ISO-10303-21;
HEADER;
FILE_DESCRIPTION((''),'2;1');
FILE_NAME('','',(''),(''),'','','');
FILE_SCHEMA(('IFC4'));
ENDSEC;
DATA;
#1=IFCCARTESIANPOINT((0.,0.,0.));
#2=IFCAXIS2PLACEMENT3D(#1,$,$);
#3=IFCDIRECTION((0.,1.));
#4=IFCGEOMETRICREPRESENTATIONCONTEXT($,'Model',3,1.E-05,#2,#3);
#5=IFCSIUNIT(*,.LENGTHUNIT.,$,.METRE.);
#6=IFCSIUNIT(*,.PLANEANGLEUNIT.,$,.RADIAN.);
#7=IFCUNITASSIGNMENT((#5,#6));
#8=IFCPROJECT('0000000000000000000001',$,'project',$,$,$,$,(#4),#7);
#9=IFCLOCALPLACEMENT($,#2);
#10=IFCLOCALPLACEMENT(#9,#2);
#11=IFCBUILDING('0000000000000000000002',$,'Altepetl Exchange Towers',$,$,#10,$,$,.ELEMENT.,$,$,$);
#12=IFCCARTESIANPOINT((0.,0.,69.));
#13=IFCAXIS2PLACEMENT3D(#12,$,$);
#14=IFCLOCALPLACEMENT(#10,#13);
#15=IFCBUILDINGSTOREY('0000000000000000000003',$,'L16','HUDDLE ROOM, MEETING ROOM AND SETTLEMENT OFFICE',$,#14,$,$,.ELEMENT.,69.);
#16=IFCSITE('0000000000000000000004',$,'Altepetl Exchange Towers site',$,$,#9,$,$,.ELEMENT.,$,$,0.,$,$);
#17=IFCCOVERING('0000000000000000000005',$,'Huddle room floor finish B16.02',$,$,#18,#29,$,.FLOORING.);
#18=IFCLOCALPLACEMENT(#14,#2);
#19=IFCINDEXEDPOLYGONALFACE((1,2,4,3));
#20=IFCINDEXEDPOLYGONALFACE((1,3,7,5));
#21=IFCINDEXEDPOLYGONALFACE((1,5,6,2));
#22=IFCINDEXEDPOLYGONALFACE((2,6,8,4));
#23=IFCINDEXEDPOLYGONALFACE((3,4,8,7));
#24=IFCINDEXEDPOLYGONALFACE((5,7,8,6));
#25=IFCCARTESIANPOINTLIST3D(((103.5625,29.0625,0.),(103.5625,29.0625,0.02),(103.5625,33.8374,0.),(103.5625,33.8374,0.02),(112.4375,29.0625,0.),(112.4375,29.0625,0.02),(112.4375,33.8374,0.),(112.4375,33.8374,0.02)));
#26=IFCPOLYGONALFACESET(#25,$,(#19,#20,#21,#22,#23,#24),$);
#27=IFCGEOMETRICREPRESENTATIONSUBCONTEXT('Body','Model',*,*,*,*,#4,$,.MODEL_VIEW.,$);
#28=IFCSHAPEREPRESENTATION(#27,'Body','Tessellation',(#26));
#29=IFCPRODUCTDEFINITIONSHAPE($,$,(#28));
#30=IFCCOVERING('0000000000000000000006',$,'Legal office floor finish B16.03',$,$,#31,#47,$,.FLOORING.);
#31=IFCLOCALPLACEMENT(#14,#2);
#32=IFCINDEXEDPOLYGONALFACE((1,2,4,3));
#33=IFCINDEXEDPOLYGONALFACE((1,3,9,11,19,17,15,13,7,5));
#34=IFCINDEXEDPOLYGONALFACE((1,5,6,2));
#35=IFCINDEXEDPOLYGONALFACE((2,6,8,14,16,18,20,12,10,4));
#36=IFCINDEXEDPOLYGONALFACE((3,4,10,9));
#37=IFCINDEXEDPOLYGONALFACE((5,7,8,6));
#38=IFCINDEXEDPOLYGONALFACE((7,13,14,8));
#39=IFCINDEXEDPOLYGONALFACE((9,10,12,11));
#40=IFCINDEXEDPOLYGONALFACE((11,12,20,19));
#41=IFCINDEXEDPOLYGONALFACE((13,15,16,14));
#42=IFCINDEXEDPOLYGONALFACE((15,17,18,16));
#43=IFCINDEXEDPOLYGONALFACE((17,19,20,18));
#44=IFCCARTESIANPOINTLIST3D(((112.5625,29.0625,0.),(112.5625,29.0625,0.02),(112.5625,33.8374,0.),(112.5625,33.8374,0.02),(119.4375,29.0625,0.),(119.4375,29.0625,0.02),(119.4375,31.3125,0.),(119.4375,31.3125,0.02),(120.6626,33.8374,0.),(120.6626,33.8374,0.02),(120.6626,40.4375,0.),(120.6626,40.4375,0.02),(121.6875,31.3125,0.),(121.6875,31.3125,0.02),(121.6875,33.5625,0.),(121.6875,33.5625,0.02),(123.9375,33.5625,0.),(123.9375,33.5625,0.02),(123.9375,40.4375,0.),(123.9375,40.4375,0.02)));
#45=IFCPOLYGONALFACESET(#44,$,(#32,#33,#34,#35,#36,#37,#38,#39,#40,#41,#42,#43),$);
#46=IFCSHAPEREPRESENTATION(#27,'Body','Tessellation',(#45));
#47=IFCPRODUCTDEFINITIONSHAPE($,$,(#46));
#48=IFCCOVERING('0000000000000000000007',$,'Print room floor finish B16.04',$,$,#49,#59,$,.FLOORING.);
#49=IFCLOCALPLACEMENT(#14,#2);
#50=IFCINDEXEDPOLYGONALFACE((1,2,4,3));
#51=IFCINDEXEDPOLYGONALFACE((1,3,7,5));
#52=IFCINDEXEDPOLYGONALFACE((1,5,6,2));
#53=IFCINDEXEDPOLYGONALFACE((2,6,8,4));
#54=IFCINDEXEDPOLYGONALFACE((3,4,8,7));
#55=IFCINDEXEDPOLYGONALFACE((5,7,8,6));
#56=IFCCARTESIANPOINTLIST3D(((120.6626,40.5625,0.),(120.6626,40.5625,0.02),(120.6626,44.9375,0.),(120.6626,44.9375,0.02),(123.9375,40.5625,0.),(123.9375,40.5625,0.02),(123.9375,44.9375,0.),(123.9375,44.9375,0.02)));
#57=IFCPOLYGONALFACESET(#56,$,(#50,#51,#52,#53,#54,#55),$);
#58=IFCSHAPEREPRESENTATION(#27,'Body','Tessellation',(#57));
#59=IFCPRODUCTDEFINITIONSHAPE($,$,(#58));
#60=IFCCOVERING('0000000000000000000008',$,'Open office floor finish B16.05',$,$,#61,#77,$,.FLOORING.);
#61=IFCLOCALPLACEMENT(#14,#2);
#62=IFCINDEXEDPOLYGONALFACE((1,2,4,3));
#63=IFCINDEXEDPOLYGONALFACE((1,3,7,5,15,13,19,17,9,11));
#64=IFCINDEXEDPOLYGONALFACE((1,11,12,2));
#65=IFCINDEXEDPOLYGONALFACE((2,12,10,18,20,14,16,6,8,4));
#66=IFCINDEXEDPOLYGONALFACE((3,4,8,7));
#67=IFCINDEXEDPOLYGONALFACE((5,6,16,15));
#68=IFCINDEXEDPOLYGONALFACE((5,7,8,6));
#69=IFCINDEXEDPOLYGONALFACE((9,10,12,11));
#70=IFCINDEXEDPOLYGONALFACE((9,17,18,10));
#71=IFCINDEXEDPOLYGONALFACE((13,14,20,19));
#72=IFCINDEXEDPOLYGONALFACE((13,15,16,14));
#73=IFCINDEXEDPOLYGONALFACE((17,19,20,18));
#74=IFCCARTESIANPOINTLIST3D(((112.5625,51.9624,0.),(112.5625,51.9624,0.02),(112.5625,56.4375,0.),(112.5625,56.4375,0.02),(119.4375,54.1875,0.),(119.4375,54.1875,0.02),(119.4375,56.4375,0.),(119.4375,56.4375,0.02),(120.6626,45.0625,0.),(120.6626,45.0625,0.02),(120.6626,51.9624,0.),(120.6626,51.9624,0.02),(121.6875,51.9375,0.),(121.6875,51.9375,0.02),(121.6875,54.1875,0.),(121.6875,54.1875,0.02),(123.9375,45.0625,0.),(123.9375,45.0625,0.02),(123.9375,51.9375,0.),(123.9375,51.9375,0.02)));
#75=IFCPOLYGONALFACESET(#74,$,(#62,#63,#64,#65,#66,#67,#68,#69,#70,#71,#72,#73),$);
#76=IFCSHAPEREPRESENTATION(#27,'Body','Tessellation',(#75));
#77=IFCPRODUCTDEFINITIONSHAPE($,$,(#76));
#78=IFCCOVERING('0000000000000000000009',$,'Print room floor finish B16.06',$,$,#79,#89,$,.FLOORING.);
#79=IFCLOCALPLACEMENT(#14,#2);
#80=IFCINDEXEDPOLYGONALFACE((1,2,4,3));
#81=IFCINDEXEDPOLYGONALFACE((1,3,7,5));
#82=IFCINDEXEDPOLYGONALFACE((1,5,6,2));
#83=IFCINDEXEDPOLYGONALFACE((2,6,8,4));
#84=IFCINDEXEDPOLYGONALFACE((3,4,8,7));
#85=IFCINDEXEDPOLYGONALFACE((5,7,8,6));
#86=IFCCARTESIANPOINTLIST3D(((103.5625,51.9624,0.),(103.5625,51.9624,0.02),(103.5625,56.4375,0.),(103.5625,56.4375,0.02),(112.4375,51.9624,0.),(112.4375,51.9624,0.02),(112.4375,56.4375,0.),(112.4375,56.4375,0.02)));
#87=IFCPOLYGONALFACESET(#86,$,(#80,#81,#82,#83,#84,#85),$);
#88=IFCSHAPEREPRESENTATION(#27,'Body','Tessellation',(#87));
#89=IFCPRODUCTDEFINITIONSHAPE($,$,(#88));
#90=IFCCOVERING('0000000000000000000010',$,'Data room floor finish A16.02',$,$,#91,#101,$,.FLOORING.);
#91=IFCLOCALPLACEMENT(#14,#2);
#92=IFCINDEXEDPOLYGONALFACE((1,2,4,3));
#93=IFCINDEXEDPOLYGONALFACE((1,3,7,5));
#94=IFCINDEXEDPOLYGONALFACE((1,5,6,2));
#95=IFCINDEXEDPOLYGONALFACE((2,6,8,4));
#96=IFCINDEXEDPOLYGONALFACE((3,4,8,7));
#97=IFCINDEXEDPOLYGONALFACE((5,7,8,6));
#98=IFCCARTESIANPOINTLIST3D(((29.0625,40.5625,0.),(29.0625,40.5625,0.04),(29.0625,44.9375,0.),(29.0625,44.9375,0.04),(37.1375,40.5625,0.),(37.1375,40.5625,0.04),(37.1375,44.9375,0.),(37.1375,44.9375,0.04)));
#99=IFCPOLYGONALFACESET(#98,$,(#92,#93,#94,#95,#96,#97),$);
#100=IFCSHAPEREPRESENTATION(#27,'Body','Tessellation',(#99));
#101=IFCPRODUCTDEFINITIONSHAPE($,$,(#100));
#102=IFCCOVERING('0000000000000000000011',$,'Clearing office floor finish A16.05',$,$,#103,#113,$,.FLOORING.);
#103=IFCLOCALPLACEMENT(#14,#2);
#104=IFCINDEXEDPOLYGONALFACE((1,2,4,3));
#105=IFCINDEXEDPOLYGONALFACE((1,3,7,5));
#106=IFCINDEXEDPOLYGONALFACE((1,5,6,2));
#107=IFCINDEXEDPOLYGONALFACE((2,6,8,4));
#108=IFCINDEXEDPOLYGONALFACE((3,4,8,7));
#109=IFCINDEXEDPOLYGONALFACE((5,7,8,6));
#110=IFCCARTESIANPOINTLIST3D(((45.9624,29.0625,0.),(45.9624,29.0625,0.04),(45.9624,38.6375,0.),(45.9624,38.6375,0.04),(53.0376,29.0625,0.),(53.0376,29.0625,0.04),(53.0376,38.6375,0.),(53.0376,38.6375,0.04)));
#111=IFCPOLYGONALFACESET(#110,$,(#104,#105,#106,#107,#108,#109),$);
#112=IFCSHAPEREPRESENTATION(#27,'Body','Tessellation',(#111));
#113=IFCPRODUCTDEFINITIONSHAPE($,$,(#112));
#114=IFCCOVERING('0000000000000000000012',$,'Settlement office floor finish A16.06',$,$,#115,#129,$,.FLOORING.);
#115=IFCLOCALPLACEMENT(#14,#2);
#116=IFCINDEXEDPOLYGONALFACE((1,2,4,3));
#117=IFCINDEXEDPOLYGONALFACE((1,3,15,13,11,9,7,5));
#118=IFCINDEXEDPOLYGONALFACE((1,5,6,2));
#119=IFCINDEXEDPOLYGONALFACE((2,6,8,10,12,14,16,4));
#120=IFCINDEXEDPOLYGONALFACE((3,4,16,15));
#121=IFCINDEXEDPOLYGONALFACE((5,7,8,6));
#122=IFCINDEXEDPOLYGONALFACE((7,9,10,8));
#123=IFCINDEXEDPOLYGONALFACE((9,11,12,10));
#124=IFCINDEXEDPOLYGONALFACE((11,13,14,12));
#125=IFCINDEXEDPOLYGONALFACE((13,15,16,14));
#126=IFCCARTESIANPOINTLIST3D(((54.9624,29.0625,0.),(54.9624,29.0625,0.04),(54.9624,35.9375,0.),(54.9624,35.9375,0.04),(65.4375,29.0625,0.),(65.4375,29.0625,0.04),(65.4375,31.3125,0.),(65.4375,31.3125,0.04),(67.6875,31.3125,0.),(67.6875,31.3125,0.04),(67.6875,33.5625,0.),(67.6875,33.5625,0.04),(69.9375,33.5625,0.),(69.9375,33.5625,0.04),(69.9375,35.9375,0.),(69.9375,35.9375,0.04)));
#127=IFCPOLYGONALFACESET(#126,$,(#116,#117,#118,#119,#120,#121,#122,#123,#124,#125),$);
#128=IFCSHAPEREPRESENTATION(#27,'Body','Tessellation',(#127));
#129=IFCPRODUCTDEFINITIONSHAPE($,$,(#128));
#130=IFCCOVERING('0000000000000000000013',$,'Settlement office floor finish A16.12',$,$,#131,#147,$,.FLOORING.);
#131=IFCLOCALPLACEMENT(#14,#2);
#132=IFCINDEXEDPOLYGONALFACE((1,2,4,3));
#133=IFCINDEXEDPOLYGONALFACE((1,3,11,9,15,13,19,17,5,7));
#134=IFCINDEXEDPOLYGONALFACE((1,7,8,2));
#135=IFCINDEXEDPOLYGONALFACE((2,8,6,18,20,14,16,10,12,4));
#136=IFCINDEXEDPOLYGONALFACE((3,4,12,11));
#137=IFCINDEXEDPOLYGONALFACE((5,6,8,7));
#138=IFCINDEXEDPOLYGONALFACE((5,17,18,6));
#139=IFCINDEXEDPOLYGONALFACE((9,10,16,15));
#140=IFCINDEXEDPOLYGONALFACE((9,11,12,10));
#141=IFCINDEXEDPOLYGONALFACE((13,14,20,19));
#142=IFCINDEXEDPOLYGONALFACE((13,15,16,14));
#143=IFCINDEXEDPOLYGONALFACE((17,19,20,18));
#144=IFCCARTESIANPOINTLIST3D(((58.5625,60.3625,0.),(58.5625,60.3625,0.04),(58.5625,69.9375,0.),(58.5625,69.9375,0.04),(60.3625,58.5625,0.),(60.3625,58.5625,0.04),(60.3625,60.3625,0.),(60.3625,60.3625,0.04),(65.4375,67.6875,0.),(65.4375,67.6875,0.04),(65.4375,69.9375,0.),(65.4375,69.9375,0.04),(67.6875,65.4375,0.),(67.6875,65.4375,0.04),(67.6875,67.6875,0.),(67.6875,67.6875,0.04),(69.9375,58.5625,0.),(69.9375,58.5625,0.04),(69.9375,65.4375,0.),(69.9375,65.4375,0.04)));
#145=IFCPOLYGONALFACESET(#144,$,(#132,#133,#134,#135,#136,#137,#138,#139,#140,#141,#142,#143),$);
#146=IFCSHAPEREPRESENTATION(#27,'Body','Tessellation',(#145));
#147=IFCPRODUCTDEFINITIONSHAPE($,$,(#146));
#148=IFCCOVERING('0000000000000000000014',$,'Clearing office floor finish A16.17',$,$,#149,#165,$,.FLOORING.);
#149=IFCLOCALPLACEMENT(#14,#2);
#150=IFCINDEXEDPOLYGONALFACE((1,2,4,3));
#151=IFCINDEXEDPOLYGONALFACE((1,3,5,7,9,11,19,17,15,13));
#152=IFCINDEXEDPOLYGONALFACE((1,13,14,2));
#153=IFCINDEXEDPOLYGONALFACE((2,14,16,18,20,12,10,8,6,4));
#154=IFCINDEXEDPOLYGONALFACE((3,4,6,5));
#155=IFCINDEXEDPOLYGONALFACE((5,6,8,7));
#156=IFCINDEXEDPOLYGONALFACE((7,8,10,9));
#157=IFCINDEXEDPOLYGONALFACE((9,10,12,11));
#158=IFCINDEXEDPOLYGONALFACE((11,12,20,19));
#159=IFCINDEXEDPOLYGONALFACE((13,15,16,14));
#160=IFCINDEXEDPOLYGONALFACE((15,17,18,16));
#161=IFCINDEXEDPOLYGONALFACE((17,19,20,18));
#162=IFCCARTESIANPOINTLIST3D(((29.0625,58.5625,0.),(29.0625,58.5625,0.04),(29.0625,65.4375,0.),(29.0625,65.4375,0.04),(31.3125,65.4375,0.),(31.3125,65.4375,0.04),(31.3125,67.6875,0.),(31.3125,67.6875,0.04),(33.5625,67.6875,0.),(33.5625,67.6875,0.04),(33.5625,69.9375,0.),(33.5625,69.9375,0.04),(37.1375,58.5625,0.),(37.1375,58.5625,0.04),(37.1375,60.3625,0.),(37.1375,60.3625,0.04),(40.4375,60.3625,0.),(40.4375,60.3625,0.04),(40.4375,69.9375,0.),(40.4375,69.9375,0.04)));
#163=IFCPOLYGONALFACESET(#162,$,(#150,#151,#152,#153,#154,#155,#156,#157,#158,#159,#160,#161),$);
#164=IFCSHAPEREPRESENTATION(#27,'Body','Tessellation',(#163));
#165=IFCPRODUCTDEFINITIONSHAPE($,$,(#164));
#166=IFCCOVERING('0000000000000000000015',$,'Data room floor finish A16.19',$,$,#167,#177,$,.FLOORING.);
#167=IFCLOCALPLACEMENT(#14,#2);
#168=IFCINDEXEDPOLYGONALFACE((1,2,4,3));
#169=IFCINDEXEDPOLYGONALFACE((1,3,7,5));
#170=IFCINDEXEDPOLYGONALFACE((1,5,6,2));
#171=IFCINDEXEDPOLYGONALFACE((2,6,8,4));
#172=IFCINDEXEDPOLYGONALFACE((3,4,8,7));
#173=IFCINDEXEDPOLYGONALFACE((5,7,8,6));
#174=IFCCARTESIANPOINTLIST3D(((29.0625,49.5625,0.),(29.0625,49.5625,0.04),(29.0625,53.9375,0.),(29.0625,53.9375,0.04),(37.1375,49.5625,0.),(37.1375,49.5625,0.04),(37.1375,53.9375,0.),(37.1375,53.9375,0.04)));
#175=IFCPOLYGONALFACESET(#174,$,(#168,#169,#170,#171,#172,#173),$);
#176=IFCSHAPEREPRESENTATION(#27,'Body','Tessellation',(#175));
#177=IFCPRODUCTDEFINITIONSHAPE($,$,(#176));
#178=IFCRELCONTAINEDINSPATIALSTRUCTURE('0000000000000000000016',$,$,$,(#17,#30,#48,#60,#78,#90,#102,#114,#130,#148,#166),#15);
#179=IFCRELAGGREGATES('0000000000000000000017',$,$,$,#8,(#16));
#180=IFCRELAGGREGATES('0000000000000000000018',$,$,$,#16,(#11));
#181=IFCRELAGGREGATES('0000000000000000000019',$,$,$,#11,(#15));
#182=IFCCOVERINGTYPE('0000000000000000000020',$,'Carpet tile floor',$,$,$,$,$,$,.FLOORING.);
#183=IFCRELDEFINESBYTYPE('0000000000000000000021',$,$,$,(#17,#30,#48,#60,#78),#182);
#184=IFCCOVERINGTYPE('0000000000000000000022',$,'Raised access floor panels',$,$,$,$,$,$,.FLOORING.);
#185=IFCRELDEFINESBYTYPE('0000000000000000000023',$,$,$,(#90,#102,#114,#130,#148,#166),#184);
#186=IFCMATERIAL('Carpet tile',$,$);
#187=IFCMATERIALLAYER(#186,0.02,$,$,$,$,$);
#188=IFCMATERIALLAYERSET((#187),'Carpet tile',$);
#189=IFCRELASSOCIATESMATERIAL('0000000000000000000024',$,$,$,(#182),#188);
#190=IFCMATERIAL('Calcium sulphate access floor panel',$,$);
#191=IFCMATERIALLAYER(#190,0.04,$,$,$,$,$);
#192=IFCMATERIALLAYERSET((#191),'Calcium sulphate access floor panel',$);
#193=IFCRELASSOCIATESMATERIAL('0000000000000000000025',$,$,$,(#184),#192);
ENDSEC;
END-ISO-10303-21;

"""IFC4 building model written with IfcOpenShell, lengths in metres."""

from ifc_helpers import new_model, si_unit, direction, frame, origin, place, context, subcontext, project, spatial, polyline, outline, extrude, material, layer, layer_set, type_object, element, save


model = new_model("IFC4")

# Units and contexts
model_context = context("Model", 3, precision=1e-05, world=origin(), true_north=direction((0.0, 1.0)))
body_context = subcontext(model_context, "Body", "Model", "MODEL_VIEW")
ifc_project = project(units=[si_unit("LENGTHUNIT", "METRE"), si_unit("PLANEANGLEUNIT", "RADIAN")], contexts=[model_context])

# Site, building, storey
site_placement = place(None, origin())
site = spatial("IfcSite", under=ifc_project, at=site_placement, Name="Altepetl Exchange Towers site", CompositionType="ELEMENT", RefElevation=0.0)
building_placement = place(site_placement, origin())
building = spatial("IfcBuilding", under=site, at=building_placement, Name="Altepetl Exchange Towers", CompositionType="ELEMENT")
storey_placement = place(building_placement, frame((0.0, 0.0, 69.0)))
storey = spatial("IfcBuildingStorey", under=building, at=storey_placement, Name="L16", Description="HUDDLE ROOM, MEETING ROOM AND SETTLEMENT OFFICE", CompositionType="ELEMENT", Elevation=69.0)

# Coverings
ifc_material_1 = material(Name="Carpet tile")
ifc_layer_1 = layer(ifc_material_1, 0.02)
ifc_layer_set_1 = layer_set([ifc_layer_1], Name="Carpet tile")
covering_type_1 = type_object("IfcCoveringType", Name="Carpet tile floor", PredefinedType="FLOORING", material=ifc_layer_set_1)
covering_1_placement = place(storey_placement, origin())
element("IfcCovering", 1, at=covering_1_placement, inside=storey, type_object=covering_type_1, Name="Huddle room floor finish B16.02", PredefinedType="FLOORING", context=body_context, shape_type="SweptSolid", body=[
    extrude(outline(polyline([(112.4375, 29.0625), (112.4375, 33.8374), (103.5625, 33.8374), (103.5625, 29.0625), (112.4375, 29.0625)])), origin(), (0.0, 0.0, 1.0), 0.02),
])
covering_2_placement = place(storey_placement, origin())
element("IfcCovering", 2, at=covering_2_placement, inside=storey, type_object=covering_type_1, Name="Legal office floor finish B16.03", PredefinedType="FLOORING", context=body_context, shape_type="SweptSolid", body=[
    extrude(outline(polyline([(123.9375, 40.4375), (120.6626, 40.4375), (120.6626, 33.8374), (112.5625, 33.8374), (112.5625, 29.0625), (119.4375, 29.0625), (119.4375, 31.3125), (121.6875, 31.3125), (121.6875, 33.5625), (123.9375, 33.5625), (123.9375, 40.4375)])), origin(), (0.0, 0.0, 1.0), 0.02),
])
covering_3_placement = place(storey_placement, origin())
element("IfcCovering", 3, at=covering_3_placement, inside=storey, type_object=covering_type_1, Name="Print room floor finish B16.04", PredefinedType="FLOORING", context=body_context, shape_type="SweptSolid", body=[
    extrude(outline(polyline([(123.9375, 44.9375), (120.6626, 44.9375), (120.6626, 40.5625), (123.9375, 40.5625), (123.9375, 44.9375)])), origin(), (0.0, 0.0, 1.0), 0.02),
])
covering_4_placement = place(storey_placement, origin())
element("IfcCovering", 4, at=covering_4_placement, inside=storey, type_object=covering_type_1, Name="Open office floor finish B16.05", PredefinedType="FLOORING", context=body_context, shape_type="SweptSolid", body=[
    extrude(outline(polyline([(112.5625, 56.4375), (112.5625, 51.9624), (120.6626, 51.9624), (120.6626, 45.0625), (123.9375, 45.0625), (123.9375, 51.9375), (121.6875, 51.9375), (121.6875, 54.1875), (119.4375, 54.1875), (119.4375, 56.4375), (112.5625, 56.4375)])), origin(), (0.0, 0.0, 1.0), 0.02),
])
covering_5_placement = place(storey_placement, origin())
element("IfcCovering", 5, at=covering_5_placement, inside=storey, type_object=covering_type_1, Name="Print room floor finish B16.06", PredefinedType="FLOORING", context=body_context, shape_type="SweptSolid", body=[
    extrude(outline(polyline([(103.5625, 56.4375), (103.5625, 51.9624), (112.4375, 51.9624), (112.4375, 56.4375), (103.5625, 56.4375)])), origin(), (0.0, 0.0, 1.0), 0.02),
])
ifc_material_2 = material(Name="Calcium sulphate access floor panel")
ifc_layer_2 = layer(ifc_material_2, 0.04)
ifc_layer_set_2 = layer_set([ifc_layer_2], Name="Calcium sulphate access floor panel")
covering_type_2 = type_object("IfcCoveringType", Name="Raised access floor panels", PredefinedType="FLOORING", material=ifc_layer_set_2)
covering_6_placement = place(storey_placement, origin())
element("IfcCovering", 6, at=covering_6_placement, inside=storey, type_object=covering_type_2, Name="Data room floor finish A16.02", PredefinedType="FLOORING", context=body_context, shape_type="SweptSolid", body=[
    extrude(outline(polyline([(37.1375, 44.9375), (29.0625, 44.9375), (29.0625, 40.5625), (37.1375, 40.5625), (37.1375, 44.9375)])), origin(), (0.0, 0.0, 1.0), 0.04),
])
covering_7_placement = place(storey_placement, origin())
element("IfcCovering", 7, at=covering_7_placement, inside=storey, type_object=covering_type_2, Name="Clearing office floor finish A16.05", PredefinedType="FLOORING", context=body_context, shape_type="SweptSolid", body=[
    extrude(outline(polyline([(45.9624, 38.6375), (45.9624, 29.0625), (53.0376, 29.0625), (53.0376, 38.6375), (45.9624, 38.6375)])), origin(), (0.0, 0.0, 1.0), 0.04),
])
covering_8_placement = place(storey_placement, origin())
element("IfcCovering", 8, at=covering_8_placement, inside=storey, type_object=covering_type_2, Name="Settlement office floor finish A16.06", PredefinedType="FLOORING", context=body_context, shape_type="SweptSolid", body=[
    extrude(outline(polyline([(69.9375, 35.9375), (54.9624, 35.9375), (54.9624, 29.0625), (65.4375, 29.0625), (65.4375, 31.3125), (67.6875, 31.3125), (67.6875, 33.5625), (69.9375, 33.5625), (69.9375, 35.9375)])), origin(), (0.0, 0.0, 1.0), 0.04),
])
covering_9_placement = place(storey_placement, origin())
element("IfcCovering", 9, at=covering_9_placement, inside=storey, type_object=covering_type_2, Name="Settlement office floor finish A16.12", PredefinedType="FLOORING", context=body_context, shape_type="SweptSolid", body=[
    extrude(outline(polyline([(69.9375, 58.5625), (69.9375, 65.4375), (67.6875, 65.4375), (67.6875, 67.6875), (65.4375, 67.6875), (65.4375, 69.9375), (58.5625, 69.9375), (58.5625, 60.3625), (60.3625, 60.3625), (60.3625, 58.5625), (69.9375, 58.5625)])), origin(), (0.0, 0.0, 1.0), 0.04),
])
covering_10_placement = place(storey_placement, origin())
element("IfcCovering", 10, at=covering_10_placement, inside=storey, type_object=covering_type_2, Name="Clearing office floor finish A16.17", PredefinedType="FLOORING", context=body_context, shape_type="SweptSolid", body=[
    extrude(outline(polyline([(33.5625, 69.9375), (33.5625, 67.6875), (31.3125, 67.6875), (31.3125, 65.4375), (29.0625, 65.4375), (29.0625, 58.5625), (37.1375, 58.5625), (37.1375, 60.3625), (40.4375, 60.3625), (40.4375, 69.9375), (33.5625, 69.9375)])), origin(), (0.0, 0.0, 1.0), 0.04),
])
covering_11_placement = place(storey_placement, origin())
element("IfcCovering", 11, at=covering_11_placement, inside=storey, type_object=covering_type_2, Name="Data room floor finish A16.19", PredefinedType="FLOORING", context=body_context, shape_type="SweptSolid", body=[
    extrude(outline(polyline([(37.1375, 53.9375), (29.0625, 53.9375), (29.0625, 49.5625), (37.1375, 49.5625), (37.1375, 53.9375)])), origin(), (0.0, 0.0, 1.0), 0.04),
])

save(model, "model.ifc")
